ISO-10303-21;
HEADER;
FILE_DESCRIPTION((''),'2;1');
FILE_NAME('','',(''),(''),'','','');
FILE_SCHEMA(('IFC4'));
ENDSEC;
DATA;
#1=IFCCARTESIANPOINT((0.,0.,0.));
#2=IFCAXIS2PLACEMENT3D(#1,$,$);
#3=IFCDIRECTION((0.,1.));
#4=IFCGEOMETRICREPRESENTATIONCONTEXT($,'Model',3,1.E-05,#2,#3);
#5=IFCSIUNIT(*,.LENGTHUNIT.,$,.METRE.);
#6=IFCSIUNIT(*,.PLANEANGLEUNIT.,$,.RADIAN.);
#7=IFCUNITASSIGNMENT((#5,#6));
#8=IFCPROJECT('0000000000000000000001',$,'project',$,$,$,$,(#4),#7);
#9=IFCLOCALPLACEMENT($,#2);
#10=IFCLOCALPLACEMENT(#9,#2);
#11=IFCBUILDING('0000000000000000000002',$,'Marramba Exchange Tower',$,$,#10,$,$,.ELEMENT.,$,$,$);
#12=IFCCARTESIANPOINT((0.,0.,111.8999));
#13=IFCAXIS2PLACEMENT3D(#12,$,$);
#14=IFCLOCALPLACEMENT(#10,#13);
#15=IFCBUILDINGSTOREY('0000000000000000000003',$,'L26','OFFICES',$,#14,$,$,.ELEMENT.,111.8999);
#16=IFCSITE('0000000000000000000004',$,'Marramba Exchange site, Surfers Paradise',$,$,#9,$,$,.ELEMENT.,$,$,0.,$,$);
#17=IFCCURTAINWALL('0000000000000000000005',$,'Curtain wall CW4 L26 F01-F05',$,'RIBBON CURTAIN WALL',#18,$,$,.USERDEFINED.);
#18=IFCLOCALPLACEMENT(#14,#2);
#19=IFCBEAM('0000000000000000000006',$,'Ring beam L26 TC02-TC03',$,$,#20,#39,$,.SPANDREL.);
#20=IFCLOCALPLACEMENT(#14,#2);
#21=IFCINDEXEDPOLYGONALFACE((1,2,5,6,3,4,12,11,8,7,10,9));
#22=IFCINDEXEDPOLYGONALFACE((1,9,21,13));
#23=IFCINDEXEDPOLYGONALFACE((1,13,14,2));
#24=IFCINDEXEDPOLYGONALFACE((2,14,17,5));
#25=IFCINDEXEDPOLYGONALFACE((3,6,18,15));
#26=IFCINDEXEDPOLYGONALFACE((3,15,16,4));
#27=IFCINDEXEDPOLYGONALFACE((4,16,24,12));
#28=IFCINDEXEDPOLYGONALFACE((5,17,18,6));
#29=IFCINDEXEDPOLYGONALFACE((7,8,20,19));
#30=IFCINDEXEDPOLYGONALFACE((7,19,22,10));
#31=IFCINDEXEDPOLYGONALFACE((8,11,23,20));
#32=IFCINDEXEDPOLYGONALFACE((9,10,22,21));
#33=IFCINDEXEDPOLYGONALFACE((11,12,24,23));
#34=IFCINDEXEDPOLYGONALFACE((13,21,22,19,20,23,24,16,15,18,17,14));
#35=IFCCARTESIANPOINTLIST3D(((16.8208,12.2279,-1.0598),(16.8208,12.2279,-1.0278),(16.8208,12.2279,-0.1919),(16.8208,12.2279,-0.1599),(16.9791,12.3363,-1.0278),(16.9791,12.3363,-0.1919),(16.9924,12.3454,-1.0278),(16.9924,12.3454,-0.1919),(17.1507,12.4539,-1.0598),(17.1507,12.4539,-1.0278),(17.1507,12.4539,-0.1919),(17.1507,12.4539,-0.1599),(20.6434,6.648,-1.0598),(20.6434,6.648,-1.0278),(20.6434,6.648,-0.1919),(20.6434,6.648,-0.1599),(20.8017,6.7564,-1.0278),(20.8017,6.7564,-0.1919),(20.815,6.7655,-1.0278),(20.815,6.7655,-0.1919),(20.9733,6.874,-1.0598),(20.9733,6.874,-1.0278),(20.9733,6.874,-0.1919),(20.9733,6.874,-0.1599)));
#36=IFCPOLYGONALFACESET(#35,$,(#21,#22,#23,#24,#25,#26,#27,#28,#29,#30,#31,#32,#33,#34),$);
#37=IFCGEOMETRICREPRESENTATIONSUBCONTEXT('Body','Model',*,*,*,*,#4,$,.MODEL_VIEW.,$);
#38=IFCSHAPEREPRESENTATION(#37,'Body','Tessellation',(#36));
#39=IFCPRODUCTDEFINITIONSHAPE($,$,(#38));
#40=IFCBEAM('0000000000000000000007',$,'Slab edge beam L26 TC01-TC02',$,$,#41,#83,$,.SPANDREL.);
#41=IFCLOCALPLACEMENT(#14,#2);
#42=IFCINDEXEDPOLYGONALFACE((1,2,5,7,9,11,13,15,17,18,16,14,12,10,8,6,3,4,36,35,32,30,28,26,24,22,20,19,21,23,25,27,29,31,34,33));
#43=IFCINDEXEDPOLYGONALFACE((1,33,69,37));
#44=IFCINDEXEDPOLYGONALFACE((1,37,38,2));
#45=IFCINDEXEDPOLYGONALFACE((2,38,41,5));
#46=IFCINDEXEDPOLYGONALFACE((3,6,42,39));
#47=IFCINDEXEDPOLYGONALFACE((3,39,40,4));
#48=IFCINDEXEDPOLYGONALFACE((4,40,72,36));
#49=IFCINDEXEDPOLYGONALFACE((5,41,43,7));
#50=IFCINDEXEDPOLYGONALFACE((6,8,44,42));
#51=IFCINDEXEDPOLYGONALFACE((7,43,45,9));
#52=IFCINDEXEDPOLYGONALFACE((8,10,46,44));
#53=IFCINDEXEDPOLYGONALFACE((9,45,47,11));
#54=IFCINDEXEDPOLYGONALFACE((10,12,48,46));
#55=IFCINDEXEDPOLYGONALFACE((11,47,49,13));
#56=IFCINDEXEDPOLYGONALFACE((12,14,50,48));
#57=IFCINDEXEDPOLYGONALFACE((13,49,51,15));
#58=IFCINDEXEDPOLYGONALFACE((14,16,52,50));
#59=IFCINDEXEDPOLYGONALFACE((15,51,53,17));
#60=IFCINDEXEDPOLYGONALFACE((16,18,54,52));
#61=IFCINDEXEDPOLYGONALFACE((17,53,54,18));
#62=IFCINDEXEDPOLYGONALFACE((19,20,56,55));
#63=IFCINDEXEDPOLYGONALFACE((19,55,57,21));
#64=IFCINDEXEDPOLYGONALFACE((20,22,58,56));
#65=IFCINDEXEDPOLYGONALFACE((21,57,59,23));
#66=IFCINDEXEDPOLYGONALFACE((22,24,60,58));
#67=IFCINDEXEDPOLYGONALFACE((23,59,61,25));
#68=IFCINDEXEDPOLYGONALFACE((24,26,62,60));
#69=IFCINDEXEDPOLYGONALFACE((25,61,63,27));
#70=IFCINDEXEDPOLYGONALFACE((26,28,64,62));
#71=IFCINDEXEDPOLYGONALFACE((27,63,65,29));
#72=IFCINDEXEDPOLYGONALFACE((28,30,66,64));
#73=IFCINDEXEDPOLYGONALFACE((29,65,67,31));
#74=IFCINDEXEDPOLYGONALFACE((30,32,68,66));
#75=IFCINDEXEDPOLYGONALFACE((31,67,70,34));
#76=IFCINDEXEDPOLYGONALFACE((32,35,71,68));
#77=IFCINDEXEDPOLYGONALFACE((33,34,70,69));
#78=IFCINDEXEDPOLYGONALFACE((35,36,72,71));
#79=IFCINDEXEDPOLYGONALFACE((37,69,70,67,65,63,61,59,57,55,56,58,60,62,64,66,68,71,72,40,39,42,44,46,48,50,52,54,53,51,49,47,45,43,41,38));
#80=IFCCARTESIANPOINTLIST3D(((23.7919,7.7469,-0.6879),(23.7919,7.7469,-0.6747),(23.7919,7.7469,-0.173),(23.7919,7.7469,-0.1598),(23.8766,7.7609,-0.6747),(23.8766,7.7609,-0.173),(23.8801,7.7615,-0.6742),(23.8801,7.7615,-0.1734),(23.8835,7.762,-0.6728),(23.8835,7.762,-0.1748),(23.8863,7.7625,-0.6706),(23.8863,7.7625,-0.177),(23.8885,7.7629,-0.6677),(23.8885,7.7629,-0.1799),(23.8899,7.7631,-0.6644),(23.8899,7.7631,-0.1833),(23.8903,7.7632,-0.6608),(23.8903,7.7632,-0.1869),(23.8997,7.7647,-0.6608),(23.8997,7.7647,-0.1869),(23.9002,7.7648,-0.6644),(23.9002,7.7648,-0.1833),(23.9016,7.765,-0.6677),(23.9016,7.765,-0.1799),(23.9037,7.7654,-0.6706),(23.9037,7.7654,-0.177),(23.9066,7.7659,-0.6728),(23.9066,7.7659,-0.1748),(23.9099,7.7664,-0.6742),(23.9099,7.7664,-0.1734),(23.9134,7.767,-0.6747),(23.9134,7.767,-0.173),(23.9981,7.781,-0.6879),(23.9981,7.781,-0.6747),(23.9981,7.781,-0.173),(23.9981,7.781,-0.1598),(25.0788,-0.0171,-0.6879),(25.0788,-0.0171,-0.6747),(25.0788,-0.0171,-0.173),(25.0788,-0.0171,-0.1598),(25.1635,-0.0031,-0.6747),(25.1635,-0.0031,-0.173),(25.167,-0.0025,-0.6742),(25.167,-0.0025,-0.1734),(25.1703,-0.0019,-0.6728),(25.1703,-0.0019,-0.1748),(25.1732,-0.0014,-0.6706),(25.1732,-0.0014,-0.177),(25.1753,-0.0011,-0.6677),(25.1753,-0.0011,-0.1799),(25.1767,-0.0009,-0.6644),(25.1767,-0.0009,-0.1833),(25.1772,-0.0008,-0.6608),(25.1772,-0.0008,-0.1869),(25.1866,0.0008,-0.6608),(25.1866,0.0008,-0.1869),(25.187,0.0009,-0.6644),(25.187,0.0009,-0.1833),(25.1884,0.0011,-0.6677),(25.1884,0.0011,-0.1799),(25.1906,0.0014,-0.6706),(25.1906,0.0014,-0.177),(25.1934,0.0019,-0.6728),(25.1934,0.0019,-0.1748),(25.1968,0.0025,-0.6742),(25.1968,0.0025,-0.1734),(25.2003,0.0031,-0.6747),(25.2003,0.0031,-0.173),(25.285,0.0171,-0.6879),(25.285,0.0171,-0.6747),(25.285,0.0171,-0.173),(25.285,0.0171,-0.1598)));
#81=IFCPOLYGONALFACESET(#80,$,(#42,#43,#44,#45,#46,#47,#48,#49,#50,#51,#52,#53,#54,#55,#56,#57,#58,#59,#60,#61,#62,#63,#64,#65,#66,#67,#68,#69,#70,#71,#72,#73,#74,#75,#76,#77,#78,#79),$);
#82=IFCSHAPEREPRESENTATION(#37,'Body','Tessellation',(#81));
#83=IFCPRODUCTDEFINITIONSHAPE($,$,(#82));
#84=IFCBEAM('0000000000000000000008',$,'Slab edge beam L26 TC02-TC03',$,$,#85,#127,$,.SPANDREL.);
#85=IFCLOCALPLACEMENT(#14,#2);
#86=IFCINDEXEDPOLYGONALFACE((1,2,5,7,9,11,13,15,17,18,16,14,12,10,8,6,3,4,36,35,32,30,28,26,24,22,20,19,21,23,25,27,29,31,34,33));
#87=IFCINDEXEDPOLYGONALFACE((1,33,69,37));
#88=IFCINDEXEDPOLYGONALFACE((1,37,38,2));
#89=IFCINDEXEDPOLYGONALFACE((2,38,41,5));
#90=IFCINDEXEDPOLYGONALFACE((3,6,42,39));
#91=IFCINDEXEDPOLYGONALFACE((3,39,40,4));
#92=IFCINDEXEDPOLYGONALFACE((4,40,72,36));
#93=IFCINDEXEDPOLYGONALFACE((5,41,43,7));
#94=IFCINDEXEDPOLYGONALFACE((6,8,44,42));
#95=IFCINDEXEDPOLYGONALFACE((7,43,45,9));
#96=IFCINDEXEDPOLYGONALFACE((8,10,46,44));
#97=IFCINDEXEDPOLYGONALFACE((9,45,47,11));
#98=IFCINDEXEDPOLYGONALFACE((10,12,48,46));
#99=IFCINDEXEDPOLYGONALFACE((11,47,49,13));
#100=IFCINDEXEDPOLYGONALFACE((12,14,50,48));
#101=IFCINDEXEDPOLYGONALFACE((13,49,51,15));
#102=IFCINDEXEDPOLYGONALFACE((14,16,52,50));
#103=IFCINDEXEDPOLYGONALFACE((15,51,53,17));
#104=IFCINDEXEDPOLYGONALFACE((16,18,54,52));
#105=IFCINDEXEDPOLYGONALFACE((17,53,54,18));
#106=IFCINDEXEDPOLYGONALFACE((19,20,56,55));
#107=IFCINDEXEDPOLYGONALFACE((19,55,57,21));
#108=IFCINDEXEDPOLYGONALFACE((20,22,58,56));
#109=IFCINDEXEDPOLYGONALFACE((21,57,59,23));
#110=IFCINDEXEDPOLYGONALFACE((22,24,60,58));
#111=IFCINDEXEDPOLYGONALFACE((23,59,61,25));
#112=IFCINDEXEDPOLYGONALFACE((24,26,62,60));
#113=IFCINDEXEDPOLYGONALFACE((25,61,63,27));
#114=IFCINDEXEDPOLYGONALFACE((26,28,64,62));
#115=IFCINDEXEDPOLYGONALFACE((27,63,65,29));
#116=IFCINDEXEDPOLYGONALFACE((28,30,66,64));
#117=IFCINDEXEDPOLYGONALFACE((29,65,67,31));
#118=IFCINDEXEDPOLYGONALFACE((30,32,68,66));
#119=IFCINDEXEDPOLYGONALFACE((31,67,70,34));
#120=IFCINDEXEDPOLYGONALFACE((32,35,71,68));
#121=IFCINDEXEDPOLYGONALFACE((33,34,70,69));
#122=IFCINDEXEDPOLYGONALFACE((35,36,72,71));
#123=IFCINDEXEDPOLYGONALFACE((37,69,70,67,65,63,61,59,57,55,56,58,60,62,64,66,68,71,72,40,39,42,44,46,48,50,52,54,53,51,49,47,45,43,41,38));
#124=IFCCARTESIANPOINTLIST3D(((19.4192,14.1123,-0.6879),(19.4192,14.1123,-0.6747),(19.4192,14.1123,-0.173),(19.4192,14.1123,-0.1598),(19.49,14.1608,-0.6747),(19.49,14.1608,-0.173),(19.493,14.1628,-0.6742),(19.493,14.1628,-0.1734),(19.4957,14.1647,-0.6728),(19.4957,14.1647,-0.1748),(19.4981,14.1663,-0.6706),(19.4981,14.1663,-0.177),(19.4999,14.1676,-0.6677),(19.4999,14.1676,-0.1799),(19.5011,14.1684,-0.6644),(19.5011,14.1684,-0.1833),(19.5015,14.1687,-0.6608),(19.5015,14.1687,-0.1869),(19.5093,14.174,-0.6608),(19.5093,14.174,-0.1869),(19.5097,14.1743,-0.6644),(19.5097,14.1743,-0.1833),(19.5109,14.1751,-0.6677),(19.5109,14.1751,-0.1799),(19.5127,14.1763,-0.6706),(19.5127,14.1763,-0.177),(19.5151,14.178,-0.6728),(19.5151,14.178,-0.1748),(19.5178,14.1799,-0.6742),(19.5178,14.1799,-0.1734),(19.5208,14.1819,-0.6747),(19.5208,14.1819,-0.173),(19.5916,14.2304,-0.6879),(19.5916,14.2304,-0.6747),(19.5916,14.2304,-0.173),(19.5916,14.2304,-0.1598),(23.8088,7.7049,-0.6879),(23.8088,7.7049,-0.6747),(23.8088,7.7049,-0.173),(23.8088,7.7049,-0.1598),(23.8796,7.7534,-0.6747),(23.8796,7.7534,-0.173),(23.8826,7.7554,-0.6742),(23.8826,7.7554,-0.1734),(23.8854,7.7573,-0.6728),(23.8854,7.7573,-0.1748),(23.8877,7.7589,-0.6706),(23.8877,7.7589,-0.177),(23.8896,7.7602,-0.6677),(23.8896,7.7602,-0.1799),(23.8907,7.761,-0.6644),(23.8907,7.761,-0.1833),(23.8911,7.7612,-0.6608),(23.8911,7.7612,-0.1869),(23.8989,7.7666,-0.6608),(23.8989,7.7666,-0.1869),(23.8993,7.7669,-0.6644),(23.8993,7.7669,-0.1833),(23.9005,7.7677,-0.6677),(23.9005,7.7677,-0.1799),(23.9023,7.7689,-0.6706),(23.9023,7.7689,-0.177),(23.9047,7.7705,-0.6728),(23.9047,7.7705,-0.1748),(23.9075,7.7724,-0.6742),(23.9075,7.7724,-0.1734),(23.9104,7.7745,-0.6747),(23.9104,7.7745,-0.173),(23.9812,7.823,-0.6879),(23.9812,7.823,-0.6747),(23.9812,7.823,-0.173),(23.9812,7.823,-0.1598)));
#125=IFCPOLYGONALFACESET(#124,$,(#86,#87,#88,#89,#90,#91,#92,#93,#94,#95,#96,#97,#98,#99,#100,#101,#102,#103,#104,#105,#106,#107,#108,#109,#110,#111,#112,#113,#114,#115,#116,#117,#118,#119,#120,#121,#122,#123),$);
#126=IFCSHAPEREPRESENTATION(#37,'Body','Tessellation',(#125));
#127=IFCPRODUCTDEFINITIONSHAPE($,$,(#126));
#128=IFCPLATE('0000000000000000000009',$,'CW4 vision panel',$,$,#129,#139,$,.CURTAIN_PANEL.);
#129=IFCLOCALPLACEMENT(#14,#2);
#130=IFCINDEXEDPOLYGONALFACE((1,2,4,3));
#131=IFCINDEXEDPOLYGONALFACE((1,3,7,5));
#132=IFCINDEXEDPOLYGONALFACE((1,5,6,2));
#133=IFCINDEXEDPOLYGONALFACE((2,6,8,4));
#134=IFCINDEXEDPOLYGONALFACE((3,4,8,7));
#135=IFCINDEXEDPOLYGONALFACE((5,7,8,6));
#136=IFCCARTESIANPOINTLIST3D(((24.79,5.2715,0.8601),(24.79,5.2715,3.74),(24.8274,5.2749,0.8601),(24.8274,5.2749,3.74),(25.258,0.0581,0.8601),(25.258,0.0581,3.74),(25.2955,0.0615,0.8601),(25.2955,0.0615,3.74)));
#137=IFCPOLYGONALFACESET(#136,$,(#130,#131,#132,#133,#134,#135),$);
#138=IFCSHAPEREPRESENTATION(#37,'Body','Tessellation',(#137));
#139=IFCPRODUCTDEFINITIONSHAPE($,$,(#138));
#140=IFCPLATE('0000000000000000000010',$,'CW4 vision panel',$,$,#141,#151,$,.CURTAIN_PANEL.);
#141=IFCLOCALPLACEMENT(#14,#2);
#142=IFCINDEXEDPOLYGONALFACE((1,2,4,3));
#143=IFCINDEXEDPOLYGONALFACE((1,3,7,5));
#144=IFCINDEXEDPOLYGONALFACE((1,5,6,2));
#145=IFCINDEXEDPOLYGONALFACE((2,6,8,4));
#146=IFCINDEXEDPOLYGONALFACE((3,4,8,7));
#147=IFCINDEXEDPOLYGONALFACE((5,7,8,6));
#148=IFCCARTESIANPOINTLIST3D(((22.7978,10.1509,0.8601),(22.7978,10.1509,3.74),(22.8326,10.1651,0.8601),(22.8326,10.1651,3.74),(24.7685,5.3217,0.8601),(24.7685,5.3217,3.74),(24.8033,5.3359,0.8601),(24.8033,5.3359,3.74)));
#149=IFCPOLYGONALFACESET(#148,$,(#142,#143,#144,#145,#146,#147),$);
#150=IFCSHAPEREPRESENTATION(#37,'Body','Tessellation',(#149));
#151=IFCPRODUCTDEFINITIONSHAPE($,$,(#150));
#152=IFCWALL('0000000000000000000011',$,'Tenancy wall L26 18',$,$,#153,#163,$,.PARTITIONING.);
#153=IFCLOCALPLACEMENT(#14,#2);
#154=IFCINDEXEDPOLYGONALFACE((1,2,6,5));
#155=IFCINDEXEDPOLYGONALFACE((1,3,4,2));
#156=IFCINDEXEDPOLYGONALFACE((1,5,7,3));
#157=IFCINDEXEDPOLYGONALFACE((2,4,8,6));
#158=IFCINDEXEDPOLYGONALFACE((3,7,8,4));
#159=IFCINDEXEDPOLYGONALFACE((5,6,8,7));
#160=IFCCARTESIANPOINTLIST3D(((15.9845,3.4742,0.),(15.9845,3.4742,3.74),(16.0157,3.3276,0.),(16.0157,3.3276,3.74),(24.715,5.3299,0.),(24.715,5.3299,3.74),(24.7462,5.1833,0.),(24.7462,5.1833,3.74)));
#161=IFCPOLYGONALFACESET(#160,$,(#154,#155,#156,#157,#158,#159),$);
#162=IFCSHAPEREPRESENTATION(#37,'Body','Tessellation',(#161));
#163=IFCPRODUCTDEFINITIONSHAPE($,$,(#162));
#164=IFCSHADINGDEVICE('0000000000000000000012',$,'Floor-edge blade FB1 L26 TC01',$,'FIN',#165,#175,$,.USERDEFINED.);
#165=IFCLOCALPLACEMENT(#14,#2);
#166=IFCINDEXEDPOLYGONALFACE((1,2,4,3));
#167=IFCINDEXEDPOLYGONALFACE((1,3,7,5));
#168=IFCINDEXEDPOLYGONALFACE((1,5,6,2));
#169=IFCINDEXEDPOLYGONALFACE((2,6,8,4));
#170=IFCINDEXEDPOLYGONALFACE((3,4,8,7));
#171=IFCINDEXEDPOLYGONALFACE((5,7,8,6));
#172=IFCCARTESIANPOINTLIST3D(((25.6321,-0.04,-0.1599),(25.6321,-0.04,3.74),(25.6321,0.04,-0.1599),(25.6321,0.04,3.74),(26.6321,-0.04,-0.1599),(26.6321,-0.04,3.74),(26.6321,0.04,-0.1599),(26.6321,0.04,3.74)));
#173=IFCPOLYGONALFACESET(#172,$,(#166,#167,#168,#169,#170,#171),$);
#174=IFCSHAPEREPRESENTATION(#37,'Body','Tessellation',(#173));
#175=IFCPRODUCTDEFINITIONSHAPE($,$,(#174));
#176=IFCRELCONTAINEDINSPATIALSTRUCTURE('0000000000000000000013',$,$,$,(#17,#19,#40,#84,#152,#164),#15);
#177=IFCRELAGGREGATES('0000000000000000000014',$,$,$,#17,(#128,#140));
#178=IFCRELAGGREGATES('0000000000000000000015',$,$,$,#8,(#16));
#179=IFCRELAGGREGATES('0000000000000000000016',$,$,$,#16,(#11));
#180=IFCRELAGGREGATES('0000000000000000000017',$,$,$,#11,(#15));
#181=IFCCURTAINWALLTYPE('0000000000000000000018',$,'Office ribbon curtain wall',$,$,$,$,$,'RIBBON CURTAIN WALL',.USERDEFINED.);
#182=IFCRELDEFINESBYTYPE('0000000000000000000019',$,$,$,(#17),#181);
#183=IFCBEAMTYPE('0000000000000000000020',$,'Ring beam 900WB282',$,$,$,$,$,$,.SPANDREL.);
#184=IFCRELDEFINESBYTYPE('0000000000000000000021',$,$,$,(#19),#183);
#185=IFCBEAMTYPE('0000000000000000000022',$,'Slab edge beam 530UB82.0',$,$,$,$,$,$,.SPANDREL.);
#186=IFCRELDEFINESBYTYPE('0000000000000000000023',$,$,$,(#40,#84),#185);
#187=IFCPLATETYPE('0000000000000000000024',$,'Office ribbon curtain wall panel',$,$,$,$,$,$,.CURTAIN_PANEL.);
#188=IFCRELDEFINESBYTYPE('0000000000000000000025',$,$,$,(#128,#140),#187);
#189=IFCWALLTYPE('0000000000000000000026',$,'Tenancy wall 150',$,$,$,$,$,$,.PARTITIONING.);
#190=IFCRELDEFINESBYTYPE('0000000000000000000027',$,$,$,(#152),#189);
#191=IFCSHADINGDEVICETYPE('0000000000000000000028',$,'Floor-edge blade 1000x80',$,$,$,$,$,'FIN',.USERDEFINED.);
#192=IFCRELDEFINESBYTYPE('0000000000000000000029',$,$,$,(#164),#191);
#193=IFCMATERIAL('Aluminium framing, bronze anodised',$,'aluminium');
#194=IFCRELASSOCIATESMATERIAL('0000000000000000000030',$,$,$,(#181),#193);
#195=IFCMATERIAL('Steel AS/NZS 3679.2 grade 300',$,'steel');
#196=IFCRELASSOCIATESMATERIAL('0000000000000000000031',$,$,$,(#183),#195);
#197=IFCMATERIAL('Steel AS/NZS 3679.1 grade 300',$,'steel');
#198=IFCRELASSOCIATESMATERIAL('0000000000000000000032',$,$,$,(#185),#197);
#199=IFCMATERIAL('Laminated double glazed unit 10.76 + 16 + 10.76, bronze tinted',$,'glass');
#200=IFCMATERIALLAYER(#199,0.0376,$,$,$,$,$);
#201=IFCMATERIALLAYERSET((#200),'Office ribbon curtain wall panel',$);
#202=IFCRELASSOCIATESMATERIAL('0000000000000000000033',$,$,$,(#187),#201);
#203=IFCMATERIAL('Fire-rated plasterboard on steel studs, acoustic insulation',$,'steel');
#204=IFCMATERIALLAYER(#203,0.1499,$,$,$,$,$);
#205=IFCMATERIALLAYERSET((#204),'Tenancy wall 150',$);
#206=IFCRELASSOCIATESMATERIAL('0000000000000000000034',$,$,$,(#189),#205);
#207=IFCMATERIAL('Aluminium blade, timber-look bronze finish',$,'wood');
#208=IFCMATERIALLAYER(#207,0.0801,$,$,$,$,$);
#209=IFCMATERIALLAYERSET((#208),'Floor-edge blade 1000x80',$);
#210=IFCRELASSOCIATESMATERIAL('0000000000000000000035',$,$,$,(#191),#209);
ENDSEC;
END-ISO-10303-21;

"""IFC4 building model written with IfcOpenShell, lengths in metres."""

from ifc_helpers import new_model, si_unit, direction, frame, frame_2d, origin, origin_2d, place, context, subcontext, project, spatial, rectangle, i_section, extrude, material, layer, layer_set, material_profile, profile_set, type_object, element, aggregate, save


model = new_model("IFC4")

# Units and contexts
model_context = context("Model", 3, precision=1e-05, world=origin(), true_north=direction((0.0, 1.0)))
body_context = subcontext(model_context, "Body", "Model", "MODEL_VIEW")
ifc_project = project(units=[si_unit("LENGTHUNIT", "METRE"), si_unit("PLANEANGLEUNIT", "RADIAN")], contexts=[model_context])

# Site, building, storey
site_placement = place(None, origin())
site = spatial("IfcSite", under=ifc_project, at=site_placement, Name="Marramba Exchange site, Surfers Paradise", CompositionType="ELEMENT", RefElevation=0.0)
building_placement = place(site_placement, origin())
building = spatial("IfcBuilding", under=site, at=building_placement, Name="Marramba Exchange Tower", CompositionType="ELEMENT")
storey_placement = place(building_placement, frame((0.0, 0.0, 111.8999)))
storey = spatial("IfcBuildingStorey", under=building, at=storey_placement, Name="L26", Description="OFFICES", CompositionType="ELEMENT", Elevation=111.8999)

# Shared definitions
ifc_material_1 = material(Name="Steel AS/NZS 3679.2 grade 300", Category="steel")
ifc_material_2 = material(Name="Steel AS/NZS 3679.1 grade 300", Category="steel")

# Curtain wall
ifc_material_3 = material(Name="Aluminium framing, bronze anodised", Category="aluminium")
curtain_wall_type = type_object("IfcCurtainWallType", Name="Office ribbon curtain wall", ElementType="RIBBON CURTAIN WALL", PredefinedType="USERDEFINED", material=ifc_material_3)
curtain_wall_placement = place(storey_placement, origin())
curtain_wall = element("IfcCurtainWall", 1, at=curtain_wall_placement, inside=storey, type_object=curtain_wall_type, Name="Curtain wall CW4 L26 F01-F05", ObjectType="RIBBON CURTAIN WALL", PredefinedType="USERDEFINED")

# Beams
ifc_material_profile_1 = material_profile(ifc_material_1, i_section(OverallWidth=0.3999, OverallDepth=0.8999, WebThickness=0.0161, FlangeThickness=0.032, at=origin_2d()), Name="900WB282")
ifc_profile_set_1 = profile_set([ifc_material_profile_1], Name="Steel AS/NZS 3679.2 grade 300")
beam_type_1 = type_object("IfcBeamType", Name="Ring beam 900WB282", PredefinedType="SPANDREL", material=ifc_profile_set_1)
beam_1_placement = place(storey_placement, frame((20.8083, 6.761, -0.6099), z_axis=(-0.56516, 0.824981, 0.0), x_axis=(-0.824981, -0.56516, 0.0)))
element("IfcBeam", 2, at=beam_1_placement, inside=storey, type_object=beam_type_1, Name="Ring beam L26 TC02-TC03", PredefinedType="SPANDREL", context=body_context, shape_type="SweptSolid", body=[
    extrude(i_section(OverallWidth=0.3999, OverallDepth=0.8999, WebThickness=0.0161, FlangeThickness=0.032, at=origin_2d()), origin(), (0.0, 0.0, 1.0), 6.7637),
])
ifc_material_profile_2 = material_profile(ifc_material_2, i_section(OverallWidth=0.209, OverallDepth=0.5281, WebThickness=0.0095, FlangeThickness=0.0132, FilletRadius=0.0139, at=origin_2d()), Name="530UB82.0")
ifc_profile_set_2 = profile_set([ifc_material_profile_2], Name="Steel AS/NZS 3679.1 grade 300")
beam_type_2 = type_object("IfcBeamType", Name="Slab edge beam 530UB82.0", PredefinedType="SPANDREL", material=ifc_profile_set_2)
beam_2_placement = place(storey_placement, frame((25.1819, 0.0, -0.4238), z_axis=(-0.163519, 0.98654, 0.0), x_axis=(-0.98654, -0.163519, 0.0)))
element("IfcBeam", 3, at=beam_2_placement, inside=storey, type_object=beam_type_2, Name="Slab edge beam L26 TC01-TC02", PredefinedType="SPANDREL", context=body_context, shape_type="SweptSolid", body=[
    extrude(i_section(OverallWidth=0.209, OverallDepth=0.5281, WebThickness=0.0095, FlangeThickness=0.0132, FilletRadius=0.0139, at=origin_2d()), origin(), (0.0, 0.0, 1.0), 7.8699),
])
beam_3_placement = place(storey_placement, frame((23.895, 7.7639, -0.4238), z_axis=(-0.565174, 0.824972, 0.0), x_axis=(-0.824972, -0.565174, 0.0)))
element("IfcBeam", 4, at=beam_3_placement, inside=storey, type_object=beam_type_2, Name="Slab edge beam L26 TC02-TC03", PredefinedType="SPANDREL", context=body_context, shape_type="SweptSolid", body=[
    extrude(i_section(OverallWidth=0.209, OverallDepth=0.5281, WebThickness=0.0095, FlangeThickness=0.0132, FilletRadius=0.0139, at=origin_2d()), origin(), (0.0, 0.0, 1.0), 7.7668),
])

# Plates
ifc_material_4 = material(Name="Laminated double glazed unit 10.76 + 16 + 10.76, bronze tinted", Category="glass")
ifc_layer_1 = layer(ifc_material_4, 0.0376)
ifc_layer_set_1 = layer_set([ifc_layer_1], Name="Office ribbon curtain wall panel")
plate_type = type_object("IfcPlateType", Name="Office ribbon curtain wall panel", PredefinedType="CURTAIN_PANEL", material=ifc_layer_set_1)
plate_1_placement = place(storey_placement, frame((25.0427, 2.6665, 0.8601), z_axis=(0.0, 0.0, 1.0), x_axis=(-0.089413, 0.995995, 0.0)))
plate_1 = element("IfcPlate", 5, at=plate_1_placement, type_object=plate_type, Name="CW4 vision panel", PredefinedType="CURTAIN_PANEL", context=body_context, shape_type="SweptSolid", body=[
    extrude(rectangle(XDim=5.2344, YDim=0.0376, at=origin_2d()), origin(), (0.0, 0.0, 1.0), 2.8799),
])
plate_2_placement = place(storey_placement, frame((23.8005, 7.7434, 0.8601), z_axis=(0.0, 0.0, 1.0), x_axis=(-0.377821, 0.925879, 0.0)))
plate_2 = element("IfcPlate", 6, at=plate_2_placement, type_object=plate_type, Name="CW4 vision panel", PredefinedType="CURTAIN_PANEL", context=body_context, shape_type="SweptSolid", body=[
    extrude(rectangle(XDim=5.2158, YDim=0.0376, at=origin_2d()), origin(), (0.0, 0.0, 1.0), 2.8799),
])
aggregate(curtain_wall, [plate_1, plate_2])

# Wall
ifc_material_5 = material(Name="Fire-rated plasterboard on steel studs, acoustic insulation", Category="steel")
ifc_layer_2 = layer(ifc_material_5, 0.1499)
ifc_layer_set_2 = layer_set([ifc_layer_2], Name="Tenancy wall 150")
wall_type = type_object("IfcWallType", Name="Tenancy wall 150", PredefinedType="PARTITIONING", material=ifc_layer_set_2)
wall_placement = place(storey_placement, frame((16.0, 3.4009, 0.0), z_axis=(0.0, 0.0, 1.0), x_axis=(0.978148, 0.207911, 0.0)))
element("IfcWall", 7, at=wall_placement, inside=storey, type_object=wall_type, Name="Tenancy wall L26 18", PredefinedType="PARTITIONING", context=body_context, shape_type="SweptSolid", body=[
    extrude(rectangle(XDim=8.9255, YDim=0.1499, at=frame_2d((4.4629, 0.0))), origin(), (0.0, 0.0, 1.0), 3.74),
])

# Shading device
ifc_material_6 = material(Name="Aluminium blade, timber-look bronze finish", Category="wood")
ifc_layer_3 = layer(ifc_material_6, 0.0801)
ifc_layer_set_3 = layer_set([ifc_layer_3], Name="Floor-edge blade 1000x80")
shading_device_type_1 = type_object("IfcShadingDeviceType", Name="Floor-edge blade 1000x80", ElementType="FIN", PredefinedType="USERDEFINED", material=ifc_layer_set_3)
shading_device_1_placement = place(storey_placement, frame((26.1321, 0.0, -0.1599), z_axis=(0.0, 0.0, 1.0), x_axis=(1.0, 0.0, 0.0)))
element("IfcShadingDevice", 8, at=shading_device_1_placement, inside=storey, type_object=shading_device_type_1, Name="Floor-edge blade FB1 L26 TC01", ObjectType="FIN", PredefinedType="USERDEFINED", context=body_context, shape_type="SweptSolid", body=[
    extrude(rectangle(XDim=1.0, YDim=0.0801, at=origin_2d()), origin(), (0.0, 0.0, 1.0), 3.8999),
])

save(model, "model.ifc")
